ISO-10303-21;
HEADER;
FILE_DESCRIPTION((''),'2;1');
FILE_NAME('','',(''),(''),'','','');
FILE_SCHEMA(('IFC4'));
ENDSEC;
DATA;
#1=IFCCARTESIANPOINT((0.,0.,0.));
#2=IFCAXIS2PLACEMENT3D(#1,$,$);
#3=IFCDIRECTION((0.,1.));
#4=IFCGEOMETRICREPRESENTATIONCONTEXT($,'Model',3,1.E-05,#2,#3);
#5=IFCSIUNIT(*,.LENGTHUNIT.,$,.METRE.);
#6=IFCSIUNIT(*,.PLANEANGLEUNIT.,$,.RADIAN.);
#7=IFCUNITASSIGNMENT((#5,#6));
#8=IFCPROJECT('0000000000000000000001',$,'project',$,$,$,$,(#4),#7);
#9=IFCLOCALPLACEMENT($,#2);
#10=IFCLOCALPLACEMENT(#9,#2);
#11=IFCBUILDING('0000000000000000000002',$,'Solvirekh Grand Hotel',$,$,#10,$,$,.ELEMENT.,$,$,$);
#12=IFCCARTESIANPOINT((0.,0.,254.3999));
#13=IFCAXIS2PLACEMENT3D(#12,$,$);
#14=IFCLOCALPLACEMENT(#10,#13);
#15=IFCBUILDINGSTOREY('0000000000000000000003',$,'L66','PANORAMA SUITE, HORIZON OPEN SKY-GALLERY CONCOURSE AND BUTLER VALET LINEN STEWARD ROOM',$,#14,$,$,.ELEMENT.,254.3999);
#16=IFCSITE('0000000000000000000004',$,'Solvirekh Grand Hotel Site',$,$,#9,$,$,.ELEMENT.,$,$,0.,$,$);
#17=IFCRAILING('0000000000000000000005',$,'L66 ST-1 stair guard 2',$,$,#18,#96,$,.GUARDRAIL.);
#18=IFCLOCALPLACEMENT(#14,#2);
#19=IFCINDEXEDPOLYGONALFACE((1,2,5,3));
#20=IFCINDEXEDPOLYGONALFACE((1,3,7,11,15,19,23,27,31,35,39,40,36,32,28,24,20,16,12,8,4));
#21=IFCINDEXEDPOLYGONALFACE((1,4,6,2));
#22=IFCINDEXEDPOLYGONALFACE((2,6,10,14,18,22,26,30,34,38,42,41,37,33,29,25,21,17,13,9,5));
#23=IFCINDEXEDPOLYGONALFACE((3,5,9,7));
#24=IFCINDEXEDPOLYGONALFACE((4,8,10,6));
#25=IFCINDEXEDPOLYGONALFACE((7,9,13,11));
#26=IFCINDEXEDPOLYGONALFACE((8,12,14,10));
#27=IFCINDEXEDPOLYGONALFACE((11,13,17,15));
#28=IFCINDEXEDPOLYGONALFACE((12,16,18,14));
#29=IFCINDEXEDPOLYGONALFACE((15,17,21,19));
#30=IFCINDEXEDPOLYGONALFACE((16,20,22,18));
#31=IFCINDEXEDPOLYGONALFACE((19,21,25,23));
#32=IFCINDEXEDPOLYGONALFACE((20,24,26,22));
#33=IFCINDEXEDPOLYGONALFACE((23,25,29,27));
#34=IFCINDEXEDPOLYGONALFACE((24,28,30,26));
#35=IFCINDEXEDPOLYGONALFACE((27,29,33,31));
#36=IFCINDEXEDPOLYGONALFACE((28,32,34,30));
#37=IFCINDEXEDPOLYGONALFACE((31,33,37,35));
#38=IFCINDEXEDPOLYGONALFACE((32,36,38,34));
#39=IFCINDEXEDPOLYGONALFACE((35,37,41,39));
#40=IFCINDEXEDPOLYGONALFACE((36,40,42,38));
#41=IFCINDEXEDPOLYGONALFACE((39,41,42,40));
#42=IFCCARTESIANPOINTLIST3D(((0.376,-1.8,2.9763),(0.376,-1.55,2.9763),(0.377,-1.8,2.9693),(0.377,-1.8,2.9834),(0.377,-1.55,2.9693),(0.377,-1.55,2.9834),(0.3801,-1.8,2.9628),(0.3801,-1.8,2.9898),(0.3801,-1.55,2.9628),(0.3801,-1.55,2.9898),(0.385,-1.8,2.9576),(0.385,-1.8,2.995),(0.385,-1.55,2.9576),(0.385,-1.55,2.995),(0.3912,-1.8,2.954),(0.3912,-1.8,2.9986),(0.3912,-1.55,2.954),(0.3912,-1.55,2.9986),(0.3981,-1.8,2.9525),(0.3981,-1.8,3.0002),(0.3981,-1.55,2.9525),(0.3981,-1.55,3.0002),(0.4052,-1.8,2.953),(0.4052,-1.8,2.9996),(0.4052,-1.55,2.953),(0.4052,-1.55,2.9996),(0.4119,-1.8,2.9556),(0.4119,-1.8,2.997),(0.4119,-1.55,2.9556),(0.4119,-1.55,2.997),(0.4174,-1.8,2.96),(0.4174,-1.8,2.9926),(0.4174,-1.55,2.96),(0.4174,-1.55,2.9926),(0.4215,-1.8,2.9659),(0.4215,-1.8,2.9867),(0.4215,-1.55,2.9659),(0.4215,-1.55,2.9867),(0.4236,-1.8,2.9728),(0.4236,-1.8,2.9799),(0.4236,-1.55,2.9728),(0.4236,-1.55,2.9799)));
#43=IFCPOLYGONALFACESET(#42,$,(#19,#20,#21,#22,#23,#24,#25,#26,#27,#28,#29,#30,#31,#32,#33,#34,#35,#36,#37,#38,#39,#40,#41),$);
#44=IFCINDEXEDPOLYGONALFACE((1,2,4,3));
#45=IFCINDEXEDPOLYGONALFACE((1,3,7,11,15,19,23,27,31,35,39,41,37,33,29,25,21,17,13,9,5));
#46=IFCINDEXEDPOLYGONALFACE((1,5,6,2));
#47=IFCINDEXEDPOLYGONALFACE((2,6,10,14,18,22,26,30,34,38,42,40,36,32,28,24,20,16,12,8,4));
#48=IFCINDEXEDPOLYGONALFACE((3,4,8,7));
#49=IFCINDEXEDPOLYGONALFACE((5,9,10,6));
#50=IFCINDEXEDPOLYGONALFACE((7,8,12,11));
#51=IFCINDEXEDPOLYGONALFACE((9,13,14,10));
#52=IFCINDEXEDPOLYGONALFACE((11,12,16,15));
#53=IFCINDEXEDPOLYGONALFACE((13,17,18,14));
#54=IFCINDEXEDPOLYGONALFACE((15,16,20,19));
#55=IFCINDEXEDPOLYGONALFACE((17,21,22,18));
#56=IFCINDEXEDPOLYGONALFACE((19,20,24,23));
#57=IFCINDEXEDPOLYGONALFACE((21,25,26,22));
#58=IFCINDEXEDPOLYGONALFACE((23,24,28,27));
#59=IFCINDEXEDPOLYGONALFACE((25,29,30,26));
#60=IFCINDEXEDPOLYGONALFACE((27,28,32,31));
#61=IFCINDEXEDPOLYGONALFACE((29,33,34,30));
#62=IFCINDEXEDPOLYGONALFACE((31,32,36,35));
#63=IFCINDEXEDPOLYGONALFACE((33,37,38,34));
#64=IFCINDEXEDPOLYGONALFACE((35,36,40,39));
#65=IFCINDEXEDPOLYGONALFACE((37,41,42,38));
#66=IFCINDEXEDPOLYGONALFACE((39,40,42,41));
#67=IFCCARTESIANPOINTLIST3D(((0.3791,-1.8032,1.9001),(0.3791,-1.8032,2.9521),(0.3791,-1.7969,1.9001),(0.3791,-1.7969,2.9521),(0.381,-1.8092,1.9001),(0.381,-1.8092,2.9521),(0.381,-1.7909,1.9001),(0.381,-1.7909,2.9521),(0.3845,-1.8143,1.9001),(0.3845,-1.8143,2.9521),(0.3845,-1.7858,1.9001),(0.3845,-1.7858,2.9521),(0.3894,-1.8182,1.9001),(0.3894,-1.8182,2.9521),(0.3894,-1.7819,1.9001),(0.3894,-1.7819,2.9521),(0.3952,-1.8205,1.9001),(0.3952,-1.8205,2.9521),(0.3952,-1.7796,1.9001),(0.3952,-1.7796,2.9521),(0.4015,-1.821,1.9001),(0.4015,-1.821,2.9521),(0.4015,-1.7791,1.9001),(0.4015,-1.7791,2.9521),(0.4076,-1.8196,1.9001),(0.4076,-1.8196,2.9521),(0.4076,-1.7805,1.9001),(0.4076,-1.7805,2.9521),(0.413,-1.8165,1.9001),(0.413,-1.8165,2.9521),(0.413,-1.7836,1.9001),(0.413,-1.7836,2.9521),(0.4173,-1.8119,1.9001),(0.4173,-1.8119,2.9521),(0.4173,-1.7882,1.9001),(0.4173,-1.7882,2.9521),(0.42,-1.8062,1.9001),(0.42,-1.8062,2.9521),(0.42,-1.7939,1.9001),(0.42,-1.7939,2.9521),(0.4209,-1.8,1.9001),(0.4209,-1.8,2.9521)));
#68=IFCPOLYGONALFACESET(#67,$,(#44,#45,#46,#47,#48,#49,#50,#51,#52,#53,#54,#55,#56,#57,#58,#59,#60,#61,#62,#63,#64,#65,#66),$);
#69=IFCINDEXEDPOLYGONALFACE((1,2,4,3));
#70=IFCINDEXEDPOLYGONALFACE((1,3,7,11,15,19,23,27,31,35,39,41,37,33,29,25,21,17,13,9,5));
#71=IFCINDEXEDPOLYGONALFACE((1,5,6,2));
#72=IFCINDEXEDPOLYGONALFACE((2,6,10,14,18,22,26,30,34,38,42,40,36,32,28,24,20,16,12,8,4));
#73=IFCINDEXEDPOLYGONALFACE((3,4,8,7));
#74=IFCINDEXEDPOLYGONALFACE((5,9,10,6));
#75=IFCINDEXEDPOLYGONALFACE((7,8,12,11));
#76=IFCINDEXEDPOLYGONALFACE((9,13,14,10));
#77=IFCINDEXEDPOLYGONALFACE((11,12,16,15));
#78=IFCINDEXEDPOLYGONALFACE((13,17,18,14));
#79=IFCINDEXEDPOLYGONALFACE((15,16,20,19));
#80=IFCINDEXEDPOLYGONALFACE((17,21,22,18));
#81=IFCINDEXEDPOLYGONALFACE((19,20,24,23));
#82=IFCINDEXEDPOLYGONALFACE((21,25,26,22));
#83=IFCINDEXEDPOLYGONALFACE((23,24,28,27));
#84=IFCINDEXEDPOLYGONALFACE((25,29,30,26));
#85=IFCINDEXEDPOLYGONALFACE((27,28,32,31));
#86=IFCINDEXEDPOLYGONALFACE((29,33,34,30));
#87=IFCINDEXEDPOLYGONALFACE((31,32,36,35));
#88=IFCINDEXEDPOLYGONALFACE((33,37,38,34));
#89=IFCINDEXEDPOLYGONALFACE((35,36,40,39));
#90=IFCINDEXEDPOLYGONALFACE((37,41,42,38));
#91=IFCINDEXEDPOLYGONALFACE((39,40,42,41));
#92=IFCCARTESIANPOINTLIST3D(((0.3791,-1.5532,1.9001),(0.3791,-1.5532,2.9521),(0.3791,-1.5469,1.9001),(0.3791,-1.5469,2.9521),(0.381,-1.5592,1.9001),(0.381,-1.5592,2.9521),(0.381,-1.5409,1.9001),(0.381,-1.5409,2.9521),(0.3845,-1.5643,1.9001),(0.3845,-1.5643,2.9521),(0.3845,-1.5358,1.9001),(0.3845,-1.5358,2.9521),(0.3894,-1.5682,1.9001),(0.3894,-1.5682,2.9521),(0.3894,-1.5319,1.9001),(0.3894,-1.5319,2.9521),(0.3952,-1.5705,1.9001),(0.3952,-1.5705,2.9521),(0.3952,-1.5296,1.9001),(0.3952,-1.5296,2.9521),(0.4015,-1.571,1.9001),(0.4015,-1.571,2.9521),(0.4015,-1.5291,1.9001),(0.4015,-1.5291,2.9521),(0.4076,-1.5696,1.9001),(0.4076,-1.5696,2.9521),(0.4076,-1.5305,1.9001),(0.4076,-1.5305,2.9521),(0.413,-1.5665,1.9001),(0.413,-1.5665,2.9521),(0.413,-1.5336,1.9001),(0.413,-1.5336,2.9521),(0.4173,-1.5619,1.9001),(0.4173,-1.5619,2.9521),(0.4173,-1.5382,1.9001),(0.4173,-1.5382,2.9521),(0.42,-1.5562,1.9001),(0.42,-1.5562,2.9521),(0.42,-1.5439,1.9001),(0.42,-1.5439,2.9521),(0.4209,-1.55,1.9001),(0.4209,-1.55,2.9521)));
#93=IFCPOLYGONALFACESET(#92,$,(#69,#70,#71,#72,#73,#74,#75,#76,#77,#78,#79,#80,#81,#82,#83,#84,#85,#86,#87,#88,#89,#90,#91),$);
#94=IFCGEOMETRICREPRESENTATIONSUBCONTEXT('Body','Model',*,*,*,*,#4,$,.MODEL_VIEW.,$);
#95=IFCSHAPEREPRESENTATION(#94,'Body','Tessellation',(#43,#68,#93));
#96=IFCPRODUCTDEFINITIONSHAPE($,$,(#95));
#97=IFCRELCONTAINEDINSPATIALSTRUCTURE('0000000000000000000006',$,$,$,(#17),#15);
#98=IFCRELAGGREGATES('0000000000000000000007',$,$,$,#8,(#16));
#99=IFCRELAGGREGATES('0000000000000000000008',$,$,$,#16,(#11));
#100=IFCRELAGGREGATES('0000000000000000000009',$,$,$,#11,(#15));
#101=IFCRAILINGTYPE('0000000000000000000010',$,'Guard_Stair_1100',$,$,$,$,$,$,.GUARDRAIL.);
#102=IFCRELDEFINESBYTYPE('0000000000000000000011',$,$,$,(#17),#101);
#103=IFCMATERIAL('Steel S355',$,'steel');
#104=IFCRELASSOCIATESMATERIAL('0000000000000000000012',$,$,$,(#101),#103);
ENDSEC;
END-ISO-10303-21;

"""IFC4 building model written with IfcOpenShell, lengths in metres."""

from ifc_helpers import new_model, si_unit, direction, frame, origin, origin_2d, place, context, subcontext, project, spatial, circle, extrude, material, type_object, element, save


model = new_model("IFC4")

# Units and contexts
model_context = context("Model", 3, precision=1e-05, world=origin(), true_north=direction((0.0, 1.0)))
body_context = subcontext(model_context, "Body", "Model", "MODEL_VIEW")
ifc_project = project(units=[si_unit("LENGTHUNIT", "METRE"), si_unit("PLANEANGLEUNIT", "RADIAN")], contexts=[model_context])

# Site, building, storey
site_placement = place(None, origin())
site = spatial("IfcSite", under=ifc_project, at=site_placement, Name="Solvirekh Grand Hotel Site", CompositionType="ELEMENT", RefElevation=0.0)
building_placement = place(site_placement, origin())
building = spatial("IfcBuilding", under=site, at=building_placement, Name="Solvirekh Grand Hotel", CompositionType="ELEMENT")
storey_placement = place(building_placement, frame((0.0, 0.0, 254.3999)))
storey = spatial("IfcBuildingStorey", under=building, at=storey_placement, Name="L66", Description="PANORAMA SUITE, HORIZON OPEN SKY-GALLERY CONCOURSE AND BUTLER VALET LINEN STEWARD ROOM", CompositionType="ELEMENT", Elevation=254.3999)

# Shared definitions
ifc_material_1 = material(Name="Steel S355", Category="steel")

# Railing
railing_type_1 = type_object("IfcRailingType", Name="Guard_Stair_1100", PredefinedType="GUARDRAIL", material=ifc_material_1)
railing_1_placement = place(storey_placement, frame((0.3999, -1.8, 1.9001)))
element("IfcRailing", 1, at=railing_1_placement, inside=storey, type_object=railing_type_1, Name="L66 ST-1 stair guard 2", PredefinedType="GUARDRAIL", context=body_context, shape_type="SweptSolid", body=[
    extrude(circle(Radius=0.0239, at=origin_2d()), frame((0.0, 0.0, 1.0762), z_axis=(0.0, 1.0, 0.0), x_axis=(-1.0, 0.0, 0.0)), (0.0, 0.0, 1.0), 0.25),
    extrude(circle(Radius=0.021, at=origin_2d()), origin(), (0.0, 0.0, 1.0), 1.052),
    extrude(circle(Radius=0.021, at=origin_2d()), frame((0.0, 0.25, 0.0)), (0.0, 0.0, 1.0), 1.052),
])

save(model, "model.ifc")
